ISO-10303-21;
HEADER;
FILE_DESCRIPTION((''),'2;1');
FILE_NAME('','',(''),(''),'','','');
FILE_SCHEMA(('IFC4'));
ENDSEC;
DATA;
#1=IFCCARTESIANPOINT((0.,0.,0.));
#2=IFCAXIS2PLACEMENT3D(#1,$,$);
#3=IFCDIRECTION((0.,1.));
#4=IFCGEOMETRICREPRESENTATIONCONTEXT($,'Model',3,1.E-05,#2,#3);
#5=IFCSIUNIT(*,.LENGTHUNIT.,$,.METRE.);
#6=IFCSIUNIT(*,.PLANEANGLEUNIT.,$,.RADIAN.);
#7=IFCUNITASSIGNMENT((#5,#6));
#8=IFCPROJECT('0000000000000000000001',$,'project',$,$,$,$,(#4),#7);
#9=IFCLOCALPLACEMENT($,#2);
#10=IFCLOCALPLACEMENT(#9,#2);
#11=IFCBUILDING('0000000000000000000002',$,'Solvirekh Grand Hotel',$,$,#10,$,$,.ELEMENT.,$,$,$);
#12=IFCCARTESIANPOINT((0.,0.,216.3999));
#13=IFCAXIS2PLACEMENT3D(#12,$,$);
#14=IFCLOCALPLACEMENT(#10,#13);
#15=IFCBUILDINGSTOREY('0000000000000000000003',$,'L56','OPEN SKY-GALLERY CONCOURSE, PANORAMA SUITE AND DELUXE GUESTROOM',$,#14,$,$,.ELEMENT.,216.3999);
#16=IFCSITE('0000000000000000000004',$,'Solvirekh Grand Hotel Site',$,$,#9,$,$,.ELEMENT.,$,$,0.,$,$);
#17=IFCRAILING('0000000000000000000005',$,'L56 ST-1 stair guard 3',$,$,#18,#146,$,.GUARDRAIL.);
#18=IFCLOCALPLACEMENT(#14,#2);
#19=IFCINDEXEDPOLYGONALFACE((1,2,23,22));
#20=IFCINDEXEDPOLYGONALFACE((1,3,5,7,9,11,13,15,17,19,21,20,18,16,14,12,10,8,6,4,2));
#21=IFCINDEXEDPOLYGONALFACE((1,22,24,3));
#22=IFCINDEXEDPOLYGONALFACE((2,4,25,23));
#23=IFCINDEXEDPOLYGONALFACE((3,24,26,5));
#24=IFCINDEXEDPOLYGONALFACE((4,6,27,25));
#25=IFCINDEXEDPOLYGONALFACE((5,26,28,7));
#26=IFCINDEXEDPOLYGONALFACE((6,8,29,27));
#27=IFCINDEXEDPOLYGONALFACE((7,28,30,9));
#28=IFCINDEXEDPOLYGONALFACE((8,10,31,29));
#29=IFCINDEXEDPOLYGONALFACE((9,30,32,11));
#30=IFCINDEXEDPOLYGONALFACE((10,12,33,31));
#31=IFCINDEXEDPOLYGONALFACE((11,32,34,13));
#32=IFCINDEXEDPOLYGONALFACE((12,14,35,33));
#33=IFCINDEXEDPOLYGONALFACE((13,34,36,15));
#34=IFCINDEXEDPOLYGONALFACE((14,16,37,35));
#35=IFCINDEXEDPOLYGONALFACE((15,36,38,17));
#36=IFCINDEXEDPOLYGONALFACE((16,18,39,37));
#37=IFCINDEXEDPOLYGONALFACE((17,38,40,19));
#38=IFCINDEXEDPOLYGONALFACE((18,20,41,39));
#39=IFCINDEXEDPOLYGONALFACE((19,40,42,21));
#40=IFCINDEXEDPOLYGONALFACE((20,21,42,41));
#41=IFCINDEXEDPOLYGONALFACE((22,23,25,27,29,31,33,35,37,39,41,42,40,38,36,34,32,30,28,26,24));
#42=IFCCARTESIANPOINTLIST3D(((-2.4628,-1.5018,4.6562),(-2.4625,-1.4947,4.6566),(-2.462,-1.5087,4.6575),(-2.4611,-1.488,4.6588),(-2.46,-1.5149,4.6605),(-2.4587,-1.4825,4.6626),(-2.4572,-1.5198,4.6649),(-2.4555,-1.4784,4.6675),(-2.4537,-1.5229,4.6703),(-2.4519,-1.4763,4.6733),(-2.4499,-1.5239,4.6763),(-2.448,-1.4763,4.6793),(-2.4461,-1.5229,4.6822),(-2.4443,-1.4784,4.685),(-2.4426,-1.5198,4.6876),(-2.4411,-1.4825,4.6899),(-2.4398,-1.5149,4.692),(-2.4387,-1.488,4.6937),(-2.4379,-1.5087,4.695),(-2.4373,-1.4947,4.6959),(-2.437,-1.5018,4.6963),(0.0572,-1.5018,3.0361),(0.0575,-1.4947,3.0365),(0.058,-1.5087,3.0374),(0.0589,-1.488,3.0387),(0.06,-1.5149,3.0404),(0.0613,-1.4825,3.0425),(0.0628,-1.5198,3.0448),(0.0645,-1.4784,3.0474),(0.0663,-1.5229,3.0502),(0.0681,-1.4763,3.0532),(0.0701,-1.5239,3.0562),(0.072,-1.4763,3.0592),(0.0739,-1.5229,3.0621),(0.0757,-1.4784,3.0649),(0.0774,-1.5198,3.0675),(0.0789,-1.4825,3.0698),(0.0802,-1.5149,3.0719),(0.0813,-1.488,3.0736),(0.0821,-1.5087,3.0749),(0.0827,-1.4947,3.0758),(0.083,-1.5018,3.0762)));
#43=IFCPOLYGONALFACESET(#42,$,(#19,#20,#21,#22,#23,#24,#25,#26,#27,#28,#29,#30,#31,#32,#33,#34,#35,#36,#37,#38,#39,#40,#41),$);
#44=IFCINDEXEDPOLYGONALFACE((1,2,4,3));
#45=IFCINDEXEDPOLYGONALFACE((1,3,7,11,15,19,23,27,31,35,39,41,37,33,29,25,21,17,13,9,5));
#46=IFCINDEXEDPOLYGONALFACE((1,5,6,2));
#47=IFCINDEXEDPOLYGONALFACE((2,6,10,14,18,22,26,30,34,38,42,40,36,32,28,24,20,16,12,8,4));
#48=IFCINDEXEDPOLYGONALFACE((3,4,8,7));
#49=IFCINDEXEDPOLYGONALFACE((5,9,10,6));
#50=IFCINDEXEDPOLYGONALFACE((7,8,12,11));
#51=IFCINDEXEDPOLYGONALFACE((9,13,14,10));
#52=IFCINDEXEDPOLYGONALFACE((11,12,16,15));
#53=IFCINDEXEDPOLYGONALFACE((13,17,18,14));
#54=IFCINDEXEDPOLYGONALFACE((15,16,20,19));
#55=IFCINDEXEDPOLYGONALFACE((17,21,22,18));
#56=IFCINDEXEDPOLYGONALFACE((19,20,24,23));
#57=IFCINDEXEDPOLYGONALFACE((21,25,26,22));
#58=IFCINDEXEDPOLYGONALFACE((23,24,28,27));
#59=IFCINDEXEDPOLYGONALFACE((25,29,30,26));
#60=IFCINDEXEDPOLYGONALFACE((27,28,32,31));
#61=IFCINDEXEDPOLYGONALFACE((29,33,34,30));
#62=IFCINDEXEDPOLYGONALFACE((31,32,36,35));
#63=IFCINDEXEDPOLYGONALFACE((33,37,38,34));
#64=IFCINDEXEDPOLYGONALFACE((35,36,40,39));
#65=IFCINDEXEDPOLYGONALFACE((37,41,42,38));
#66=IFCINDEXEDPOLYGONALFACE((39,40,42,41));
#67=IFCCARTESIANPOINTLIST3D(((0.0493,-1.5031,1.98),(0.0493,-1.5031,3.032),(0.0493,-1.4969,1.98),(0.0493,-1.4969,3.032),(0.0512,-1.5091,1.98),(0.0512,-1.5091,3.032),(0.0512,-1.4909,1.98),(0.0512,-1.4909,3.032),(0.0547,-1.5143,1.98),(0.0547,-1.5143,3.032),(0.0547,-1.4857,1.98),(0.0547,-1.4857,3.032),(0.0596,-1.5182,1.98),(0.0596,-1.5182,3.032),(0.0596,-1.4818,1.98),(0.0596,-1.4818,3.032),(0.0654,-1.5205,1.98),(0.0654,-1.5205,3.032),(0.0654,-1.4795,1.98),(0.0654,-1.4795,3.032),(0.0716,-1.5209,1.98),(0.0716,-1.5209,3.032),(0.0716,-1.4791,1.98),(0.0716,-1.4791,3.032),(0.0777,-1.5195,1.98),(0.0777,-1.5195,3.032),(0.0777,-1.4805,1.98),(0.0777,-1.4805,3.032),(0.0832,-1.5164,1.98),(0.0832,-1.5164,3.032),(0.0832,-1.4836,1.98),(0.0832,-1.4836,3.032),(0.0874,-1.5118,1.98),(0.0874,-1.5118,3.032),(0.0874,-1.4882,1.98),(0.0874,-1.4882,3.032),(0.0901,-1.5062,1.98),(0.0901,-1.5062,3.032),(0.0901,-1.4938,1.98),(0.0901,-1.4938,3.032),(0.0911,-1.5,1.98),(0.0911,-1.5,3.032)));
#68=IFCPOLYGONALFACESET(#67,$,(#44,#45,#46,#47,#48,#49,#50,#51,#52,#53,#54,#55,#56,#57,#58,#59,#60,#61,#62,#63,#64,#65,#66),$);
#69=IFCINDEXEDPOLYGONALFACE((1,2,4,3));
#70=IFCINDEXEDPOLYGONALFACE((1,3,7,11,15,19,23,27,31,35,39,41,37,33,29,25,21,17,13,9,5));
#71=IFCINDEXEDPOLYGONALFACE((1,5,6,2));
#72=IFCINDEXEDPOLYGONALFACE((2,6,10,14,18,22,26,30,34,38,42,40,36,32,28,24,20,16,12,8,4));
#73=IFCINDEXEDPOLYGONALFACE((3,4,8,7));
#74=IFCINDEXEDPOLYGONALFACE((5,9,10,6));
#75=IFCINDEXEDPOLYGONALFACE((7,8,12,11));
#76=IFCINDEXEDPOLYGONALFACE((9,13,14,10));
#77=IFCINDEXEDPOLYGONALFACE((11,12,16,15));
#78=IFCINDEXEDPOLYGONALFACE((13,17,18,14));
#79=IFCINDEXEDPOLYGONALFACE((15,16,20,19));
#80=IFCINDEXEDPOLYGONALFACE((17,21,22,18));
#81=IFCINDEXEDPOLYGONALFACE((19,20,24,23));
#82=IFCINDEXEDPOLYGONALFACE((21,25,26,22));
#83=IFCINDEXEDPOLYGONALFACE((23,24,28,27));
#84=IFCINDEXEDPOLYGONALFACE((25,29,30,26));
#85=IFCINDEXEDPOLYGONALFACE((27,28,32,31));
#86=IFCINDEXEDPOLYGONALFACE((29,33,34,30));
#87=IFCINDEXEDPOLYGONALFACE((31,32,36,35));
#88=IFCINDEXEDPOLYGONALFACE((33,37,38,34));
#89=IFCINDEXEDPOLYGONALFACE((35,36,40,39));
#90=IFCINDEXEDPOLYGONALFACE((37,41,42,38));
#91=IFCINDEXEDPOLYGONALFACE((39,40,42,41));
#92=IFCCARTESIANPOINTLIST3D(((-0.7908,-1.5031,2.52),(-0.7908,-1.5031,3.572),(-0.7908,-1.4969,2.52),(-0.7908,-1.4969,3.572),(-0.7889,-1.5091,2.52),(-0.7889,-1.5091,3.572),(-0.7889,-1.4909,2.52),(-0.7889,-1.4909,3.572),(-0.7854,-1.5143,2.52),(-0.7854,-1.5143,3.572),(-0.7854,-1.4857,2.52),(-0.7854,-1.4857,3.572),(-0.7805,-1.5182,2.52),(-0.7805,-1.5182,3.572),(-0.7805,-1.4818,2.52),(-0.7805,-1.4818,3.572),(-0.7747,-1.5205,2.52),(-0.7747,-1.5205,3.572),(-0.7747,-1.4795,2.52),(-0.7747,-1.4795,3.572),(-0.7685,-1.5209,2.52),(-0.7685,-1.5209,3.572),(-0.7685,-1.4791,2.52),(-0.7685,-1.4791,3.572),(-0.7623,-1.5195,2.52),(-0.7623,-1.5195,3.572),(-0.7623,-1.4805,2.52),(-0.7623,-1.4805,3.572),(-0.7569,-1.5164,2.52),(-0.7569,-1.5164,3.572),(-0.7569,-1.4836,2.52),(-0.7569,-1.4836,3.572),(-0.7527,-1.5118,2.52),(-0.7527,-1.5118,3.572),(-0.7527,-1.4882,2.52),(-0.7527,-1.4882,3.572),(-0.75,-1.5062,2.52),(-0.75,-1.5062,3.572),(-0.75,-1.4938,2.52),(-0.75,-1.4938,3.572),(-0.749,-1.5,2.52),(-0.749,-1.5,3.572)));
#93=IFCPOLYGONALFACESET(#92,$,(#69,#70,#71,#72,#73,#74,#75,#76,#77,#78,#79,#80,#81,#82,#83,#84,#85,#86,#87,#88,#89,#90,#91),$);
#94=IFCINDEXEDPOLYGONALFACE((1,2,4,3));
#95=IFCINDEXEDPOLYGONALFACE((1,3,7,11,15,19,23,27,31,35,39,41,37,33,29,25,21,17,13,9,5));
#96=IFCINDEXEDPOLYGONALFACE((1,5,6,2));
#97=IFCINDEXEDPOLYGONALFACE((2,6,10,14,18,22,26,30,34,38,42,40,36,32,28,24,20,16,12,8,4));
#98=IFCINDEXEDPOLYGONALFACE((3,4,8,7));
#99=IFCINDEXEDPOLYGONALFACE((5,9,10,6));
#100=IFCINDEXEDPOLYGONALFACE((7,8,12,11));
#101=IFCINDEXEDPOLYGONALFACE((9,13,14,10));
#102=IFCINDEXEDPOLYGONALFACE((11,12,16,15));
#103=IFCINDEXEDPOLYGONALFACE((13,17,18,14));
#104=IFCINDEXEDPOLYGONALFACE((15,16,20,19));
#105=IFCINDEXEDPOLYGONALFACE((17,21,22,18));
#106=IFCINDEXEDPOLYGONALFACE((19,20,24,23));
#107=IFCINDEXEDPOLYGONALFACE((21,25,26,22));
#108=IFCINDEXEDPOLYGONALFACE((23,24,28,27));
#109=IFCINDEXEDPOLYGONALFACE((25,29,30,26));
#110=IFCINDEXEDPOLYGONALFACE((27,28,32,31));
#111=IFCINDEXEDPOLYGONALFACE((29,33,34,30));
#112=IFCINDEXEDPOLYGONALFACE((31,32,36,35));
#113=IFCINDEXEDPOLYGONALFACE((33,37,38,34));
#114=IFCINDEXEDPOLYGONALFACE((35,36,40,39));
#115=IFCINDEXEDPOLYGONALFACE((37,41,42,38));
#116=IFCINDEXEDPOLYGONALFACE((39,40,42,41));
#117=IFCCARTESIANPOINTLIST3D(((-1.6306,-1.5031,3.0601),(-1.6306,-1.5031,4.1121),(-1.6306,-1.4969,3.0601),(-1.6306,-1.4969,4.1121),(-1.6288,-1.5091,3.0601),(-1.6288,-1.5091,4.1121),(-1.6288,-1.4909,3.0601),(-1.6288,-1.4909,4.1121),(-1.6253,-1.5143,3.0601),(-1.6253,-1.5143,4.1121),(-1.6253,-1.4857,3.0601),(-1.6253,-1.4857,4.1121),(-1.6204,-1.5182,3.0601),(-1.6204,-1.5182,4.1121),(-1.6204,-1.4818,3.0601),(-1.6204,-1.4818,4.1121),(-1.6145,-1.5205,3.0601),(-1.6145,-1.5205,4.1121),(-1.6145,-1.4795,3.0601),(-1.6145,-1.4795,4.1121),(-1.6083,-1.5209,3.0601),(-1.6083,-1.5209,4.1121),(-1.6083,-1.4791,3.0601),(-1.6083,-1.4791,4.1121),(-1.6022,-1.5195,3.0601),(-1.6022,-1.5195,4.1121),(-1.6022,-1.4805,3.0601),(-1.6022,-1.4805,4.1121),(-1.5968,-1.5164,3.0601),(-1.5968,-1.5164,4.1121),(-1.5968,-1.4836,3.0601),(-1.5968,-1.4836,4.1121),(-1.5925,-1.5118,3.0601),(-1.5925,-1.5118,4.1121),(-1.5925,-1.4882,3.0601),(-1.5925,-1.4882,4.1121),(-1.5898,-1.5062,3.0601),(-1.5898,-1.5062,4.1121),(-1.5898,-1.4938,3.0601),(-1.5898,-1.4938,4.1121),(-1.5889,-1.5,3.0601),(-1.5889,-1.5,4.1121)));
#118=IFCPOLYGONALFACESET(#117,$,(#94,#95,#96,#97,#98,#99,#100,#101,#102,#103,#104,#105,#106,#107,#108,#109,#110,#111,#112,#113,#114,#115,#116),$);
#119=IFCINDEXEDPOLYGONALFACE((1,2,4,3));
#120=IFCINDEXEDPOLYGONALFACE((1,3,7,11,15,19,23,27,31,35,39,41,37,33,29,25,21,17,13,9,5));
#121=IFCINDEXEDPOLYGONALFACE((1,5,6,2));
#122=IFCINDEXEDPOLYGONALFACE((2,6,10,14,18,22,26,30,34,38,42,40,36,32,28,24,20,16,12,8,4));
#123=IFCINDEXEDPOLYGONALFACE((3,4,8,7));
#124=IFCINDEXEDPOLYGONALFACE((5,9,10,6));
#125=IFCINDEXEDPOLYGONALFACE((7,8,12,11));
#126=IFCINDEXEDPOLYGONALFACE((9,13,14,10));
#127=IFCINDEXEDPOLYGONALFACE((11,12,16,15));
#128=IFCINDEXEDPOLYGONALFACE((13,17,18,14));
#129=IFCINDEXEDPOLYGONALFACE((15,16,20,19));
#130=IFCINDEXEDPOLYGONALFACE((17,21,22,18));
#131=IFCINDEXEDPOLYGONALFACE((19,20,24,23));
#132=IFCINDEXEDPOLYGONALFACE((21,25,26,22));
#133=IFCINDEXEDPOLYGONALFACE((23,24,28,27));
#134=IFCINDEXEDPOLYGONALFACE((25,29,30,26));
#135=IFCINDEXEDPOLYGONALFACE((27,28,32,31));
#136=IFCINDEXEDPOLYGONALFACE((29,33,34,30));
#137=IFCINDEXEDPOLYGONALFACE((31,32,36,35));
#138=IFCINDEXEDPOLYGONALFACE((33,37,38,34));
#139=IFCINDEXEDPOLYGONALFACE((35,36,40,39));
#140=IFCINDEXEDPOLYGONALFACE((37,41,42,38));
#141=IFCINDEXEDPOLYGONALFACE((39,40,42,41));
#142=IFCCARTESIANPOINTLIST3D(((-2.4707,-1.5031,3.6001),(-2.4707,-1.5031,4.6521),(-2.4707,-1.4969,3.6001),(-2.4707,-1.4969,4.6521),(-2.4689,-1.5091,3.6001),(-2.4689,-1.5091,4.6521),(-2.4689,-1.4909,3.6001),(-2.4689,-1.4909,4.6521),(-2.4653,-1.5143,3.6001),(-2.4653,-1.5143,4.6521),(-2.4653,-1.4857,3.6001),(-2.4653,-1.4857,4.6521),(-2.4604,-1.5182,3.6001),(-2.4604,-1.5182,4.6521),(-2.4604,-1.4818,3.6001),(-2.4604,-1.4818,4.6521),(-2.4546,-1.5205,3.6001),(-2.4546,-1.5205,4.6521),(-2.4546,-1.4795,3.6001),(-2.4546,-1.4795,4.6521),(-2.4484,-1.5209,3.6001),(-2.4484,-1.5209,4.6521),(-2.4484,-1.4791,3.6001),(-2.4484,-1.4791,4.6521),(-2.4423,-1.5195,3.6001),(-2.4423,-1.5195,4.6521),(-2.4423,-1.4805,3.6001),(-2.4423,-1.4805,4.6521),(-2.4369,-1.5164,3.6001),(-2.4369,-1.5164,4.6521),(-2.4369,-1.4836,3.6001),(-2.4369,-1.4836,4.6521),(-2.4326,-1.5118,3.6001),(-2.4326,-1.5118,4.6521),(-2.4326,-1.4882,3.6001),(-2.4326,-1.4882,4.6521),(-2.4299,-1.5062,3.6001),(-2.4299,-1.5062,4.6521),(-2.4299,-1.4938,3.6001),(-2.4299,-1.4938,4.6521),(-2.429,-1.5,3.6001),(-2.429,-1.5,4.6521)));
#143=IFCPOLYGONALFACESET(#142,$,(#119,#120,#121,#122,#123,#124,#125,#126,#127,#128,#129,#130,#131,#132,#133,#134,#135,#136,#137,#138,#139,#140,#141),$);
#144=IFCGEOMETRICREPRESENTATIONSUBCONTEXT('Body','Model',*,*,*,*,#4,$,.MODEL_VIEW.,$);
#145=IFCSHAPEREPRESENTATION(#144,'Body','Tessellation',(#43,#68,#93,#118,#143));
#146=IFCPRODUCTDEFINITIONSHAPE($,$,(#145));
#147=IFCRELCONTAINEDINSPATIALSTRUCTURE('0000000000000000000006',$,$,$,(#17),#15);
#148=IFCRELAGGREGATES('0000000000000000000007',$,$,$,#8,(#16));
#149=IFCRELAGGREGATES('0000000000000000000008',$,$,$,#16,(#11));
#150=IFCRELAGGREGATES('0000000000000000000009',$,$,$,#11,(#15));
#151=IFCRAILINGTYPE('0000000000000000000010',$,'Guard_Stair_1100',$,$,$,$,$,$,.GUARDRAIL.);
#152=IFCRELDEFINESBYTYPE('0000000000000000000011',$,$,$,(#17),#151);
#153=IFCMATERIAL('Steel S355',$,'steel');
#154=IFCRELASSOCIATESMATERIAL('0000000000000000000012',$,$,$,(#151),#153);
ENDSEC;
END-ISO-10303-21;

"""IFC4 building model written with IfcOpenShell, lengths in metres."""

from ifc_helpers import new_model, si_unit, direction, frame, origin, origin_2d, place, context, subcontext, project, spatial, circle, extrude, material, type_object, element, save


model = new_model("IFC4")

# Units and contexts
model_context = context("Model", 3, precision=1e-05, world=origin(), true_north=direction((0.0, 1.0)))
body_context = subcontext(model_context, "Body", "Model", "MODEL_VIEW")
ifc_project = project(units=[si_unit("LENGTHUNIT", "METRE"), si_unit("PLANEANGLEUNIT", "RADIAN")], contexts=[model_context])

# Site, building, storey
site_placement = place(None, origin())
site = spatial("IfcSite", under=ifc_project, at=site_placement, Name="Solvirekh Grand Hotel Site", CompositionType="ELEMENT", RefElevation=0.0)
building_placement = place(site_placement, origin())
building = spatial("IfcBuilding", under=site, at=building_placement, Name="Solvirekh Grand Hotel", CompositionType="ELEMENT")
storey_placement = place(building_placement, frame((0.0, 0.0, 216.3999)))
storey = spatial("IfcBuildingStorey", under=building, at=storey_placement, Name="L56", Description="OPEN SKY-GALLERY CONCOURSE, PANORAMA SUITE AND DELUXE GUESTROOM", CompositionType="ELEMENT", Elevation=216.3999)

# Railing
ifc_material_1 = material(Name="Steel S355", Category="steel")
railing_type_1 = type_object("IfcRailingType", Name="Guard_Stair_1100", PredefinedType="GUARDRAIL", material=ifc_material_1)
railing_1_placement = place(storey_placement, frame((0.0701, -1.5, 1.98)))
element("IfcRailing", 1, at=railing_1_placement, inside=storey, type_object=railing_type_1, Name="L56 ST-1 stair guard 3", PredefinedType="GUARDRAIL", context=body_context, shape_type="SweptSolid", body=[
    extrude(circle(Radius=0.0239, at=origin_2d()), frame((0.0, 0.0, 1.0762), z_axis=(-0.841163, 0.0, 0.540782), x_axis=(0.0, -1.0, 0.0)), (0.0, 0.0, 1.0), 2.9958),
    extrude(circle(Radius=0.021, at=origin_2d()), origin(), (0.0, 0.0, 1.0), 1.052),
    extrude(circle(Radius=0.021, at=origin_2d()), frame((-0.8401, 0.0, 0.54)), (0.0, 0.0, 1.0), 1.052),
    extrude(circle(Radius=0.021, at=origin_2d()), frame((-1.6799, 0.0, 1.0801)), (0.0, 0.0, 1.0), 1.052),
    extrude(circle(Radius=0.021, at=origin_2d()), frame((-2.52, 0.0, 1.6201)), (0.0, 0.0, 1.0), 1.052),
])

save(model, "model.ifc")
